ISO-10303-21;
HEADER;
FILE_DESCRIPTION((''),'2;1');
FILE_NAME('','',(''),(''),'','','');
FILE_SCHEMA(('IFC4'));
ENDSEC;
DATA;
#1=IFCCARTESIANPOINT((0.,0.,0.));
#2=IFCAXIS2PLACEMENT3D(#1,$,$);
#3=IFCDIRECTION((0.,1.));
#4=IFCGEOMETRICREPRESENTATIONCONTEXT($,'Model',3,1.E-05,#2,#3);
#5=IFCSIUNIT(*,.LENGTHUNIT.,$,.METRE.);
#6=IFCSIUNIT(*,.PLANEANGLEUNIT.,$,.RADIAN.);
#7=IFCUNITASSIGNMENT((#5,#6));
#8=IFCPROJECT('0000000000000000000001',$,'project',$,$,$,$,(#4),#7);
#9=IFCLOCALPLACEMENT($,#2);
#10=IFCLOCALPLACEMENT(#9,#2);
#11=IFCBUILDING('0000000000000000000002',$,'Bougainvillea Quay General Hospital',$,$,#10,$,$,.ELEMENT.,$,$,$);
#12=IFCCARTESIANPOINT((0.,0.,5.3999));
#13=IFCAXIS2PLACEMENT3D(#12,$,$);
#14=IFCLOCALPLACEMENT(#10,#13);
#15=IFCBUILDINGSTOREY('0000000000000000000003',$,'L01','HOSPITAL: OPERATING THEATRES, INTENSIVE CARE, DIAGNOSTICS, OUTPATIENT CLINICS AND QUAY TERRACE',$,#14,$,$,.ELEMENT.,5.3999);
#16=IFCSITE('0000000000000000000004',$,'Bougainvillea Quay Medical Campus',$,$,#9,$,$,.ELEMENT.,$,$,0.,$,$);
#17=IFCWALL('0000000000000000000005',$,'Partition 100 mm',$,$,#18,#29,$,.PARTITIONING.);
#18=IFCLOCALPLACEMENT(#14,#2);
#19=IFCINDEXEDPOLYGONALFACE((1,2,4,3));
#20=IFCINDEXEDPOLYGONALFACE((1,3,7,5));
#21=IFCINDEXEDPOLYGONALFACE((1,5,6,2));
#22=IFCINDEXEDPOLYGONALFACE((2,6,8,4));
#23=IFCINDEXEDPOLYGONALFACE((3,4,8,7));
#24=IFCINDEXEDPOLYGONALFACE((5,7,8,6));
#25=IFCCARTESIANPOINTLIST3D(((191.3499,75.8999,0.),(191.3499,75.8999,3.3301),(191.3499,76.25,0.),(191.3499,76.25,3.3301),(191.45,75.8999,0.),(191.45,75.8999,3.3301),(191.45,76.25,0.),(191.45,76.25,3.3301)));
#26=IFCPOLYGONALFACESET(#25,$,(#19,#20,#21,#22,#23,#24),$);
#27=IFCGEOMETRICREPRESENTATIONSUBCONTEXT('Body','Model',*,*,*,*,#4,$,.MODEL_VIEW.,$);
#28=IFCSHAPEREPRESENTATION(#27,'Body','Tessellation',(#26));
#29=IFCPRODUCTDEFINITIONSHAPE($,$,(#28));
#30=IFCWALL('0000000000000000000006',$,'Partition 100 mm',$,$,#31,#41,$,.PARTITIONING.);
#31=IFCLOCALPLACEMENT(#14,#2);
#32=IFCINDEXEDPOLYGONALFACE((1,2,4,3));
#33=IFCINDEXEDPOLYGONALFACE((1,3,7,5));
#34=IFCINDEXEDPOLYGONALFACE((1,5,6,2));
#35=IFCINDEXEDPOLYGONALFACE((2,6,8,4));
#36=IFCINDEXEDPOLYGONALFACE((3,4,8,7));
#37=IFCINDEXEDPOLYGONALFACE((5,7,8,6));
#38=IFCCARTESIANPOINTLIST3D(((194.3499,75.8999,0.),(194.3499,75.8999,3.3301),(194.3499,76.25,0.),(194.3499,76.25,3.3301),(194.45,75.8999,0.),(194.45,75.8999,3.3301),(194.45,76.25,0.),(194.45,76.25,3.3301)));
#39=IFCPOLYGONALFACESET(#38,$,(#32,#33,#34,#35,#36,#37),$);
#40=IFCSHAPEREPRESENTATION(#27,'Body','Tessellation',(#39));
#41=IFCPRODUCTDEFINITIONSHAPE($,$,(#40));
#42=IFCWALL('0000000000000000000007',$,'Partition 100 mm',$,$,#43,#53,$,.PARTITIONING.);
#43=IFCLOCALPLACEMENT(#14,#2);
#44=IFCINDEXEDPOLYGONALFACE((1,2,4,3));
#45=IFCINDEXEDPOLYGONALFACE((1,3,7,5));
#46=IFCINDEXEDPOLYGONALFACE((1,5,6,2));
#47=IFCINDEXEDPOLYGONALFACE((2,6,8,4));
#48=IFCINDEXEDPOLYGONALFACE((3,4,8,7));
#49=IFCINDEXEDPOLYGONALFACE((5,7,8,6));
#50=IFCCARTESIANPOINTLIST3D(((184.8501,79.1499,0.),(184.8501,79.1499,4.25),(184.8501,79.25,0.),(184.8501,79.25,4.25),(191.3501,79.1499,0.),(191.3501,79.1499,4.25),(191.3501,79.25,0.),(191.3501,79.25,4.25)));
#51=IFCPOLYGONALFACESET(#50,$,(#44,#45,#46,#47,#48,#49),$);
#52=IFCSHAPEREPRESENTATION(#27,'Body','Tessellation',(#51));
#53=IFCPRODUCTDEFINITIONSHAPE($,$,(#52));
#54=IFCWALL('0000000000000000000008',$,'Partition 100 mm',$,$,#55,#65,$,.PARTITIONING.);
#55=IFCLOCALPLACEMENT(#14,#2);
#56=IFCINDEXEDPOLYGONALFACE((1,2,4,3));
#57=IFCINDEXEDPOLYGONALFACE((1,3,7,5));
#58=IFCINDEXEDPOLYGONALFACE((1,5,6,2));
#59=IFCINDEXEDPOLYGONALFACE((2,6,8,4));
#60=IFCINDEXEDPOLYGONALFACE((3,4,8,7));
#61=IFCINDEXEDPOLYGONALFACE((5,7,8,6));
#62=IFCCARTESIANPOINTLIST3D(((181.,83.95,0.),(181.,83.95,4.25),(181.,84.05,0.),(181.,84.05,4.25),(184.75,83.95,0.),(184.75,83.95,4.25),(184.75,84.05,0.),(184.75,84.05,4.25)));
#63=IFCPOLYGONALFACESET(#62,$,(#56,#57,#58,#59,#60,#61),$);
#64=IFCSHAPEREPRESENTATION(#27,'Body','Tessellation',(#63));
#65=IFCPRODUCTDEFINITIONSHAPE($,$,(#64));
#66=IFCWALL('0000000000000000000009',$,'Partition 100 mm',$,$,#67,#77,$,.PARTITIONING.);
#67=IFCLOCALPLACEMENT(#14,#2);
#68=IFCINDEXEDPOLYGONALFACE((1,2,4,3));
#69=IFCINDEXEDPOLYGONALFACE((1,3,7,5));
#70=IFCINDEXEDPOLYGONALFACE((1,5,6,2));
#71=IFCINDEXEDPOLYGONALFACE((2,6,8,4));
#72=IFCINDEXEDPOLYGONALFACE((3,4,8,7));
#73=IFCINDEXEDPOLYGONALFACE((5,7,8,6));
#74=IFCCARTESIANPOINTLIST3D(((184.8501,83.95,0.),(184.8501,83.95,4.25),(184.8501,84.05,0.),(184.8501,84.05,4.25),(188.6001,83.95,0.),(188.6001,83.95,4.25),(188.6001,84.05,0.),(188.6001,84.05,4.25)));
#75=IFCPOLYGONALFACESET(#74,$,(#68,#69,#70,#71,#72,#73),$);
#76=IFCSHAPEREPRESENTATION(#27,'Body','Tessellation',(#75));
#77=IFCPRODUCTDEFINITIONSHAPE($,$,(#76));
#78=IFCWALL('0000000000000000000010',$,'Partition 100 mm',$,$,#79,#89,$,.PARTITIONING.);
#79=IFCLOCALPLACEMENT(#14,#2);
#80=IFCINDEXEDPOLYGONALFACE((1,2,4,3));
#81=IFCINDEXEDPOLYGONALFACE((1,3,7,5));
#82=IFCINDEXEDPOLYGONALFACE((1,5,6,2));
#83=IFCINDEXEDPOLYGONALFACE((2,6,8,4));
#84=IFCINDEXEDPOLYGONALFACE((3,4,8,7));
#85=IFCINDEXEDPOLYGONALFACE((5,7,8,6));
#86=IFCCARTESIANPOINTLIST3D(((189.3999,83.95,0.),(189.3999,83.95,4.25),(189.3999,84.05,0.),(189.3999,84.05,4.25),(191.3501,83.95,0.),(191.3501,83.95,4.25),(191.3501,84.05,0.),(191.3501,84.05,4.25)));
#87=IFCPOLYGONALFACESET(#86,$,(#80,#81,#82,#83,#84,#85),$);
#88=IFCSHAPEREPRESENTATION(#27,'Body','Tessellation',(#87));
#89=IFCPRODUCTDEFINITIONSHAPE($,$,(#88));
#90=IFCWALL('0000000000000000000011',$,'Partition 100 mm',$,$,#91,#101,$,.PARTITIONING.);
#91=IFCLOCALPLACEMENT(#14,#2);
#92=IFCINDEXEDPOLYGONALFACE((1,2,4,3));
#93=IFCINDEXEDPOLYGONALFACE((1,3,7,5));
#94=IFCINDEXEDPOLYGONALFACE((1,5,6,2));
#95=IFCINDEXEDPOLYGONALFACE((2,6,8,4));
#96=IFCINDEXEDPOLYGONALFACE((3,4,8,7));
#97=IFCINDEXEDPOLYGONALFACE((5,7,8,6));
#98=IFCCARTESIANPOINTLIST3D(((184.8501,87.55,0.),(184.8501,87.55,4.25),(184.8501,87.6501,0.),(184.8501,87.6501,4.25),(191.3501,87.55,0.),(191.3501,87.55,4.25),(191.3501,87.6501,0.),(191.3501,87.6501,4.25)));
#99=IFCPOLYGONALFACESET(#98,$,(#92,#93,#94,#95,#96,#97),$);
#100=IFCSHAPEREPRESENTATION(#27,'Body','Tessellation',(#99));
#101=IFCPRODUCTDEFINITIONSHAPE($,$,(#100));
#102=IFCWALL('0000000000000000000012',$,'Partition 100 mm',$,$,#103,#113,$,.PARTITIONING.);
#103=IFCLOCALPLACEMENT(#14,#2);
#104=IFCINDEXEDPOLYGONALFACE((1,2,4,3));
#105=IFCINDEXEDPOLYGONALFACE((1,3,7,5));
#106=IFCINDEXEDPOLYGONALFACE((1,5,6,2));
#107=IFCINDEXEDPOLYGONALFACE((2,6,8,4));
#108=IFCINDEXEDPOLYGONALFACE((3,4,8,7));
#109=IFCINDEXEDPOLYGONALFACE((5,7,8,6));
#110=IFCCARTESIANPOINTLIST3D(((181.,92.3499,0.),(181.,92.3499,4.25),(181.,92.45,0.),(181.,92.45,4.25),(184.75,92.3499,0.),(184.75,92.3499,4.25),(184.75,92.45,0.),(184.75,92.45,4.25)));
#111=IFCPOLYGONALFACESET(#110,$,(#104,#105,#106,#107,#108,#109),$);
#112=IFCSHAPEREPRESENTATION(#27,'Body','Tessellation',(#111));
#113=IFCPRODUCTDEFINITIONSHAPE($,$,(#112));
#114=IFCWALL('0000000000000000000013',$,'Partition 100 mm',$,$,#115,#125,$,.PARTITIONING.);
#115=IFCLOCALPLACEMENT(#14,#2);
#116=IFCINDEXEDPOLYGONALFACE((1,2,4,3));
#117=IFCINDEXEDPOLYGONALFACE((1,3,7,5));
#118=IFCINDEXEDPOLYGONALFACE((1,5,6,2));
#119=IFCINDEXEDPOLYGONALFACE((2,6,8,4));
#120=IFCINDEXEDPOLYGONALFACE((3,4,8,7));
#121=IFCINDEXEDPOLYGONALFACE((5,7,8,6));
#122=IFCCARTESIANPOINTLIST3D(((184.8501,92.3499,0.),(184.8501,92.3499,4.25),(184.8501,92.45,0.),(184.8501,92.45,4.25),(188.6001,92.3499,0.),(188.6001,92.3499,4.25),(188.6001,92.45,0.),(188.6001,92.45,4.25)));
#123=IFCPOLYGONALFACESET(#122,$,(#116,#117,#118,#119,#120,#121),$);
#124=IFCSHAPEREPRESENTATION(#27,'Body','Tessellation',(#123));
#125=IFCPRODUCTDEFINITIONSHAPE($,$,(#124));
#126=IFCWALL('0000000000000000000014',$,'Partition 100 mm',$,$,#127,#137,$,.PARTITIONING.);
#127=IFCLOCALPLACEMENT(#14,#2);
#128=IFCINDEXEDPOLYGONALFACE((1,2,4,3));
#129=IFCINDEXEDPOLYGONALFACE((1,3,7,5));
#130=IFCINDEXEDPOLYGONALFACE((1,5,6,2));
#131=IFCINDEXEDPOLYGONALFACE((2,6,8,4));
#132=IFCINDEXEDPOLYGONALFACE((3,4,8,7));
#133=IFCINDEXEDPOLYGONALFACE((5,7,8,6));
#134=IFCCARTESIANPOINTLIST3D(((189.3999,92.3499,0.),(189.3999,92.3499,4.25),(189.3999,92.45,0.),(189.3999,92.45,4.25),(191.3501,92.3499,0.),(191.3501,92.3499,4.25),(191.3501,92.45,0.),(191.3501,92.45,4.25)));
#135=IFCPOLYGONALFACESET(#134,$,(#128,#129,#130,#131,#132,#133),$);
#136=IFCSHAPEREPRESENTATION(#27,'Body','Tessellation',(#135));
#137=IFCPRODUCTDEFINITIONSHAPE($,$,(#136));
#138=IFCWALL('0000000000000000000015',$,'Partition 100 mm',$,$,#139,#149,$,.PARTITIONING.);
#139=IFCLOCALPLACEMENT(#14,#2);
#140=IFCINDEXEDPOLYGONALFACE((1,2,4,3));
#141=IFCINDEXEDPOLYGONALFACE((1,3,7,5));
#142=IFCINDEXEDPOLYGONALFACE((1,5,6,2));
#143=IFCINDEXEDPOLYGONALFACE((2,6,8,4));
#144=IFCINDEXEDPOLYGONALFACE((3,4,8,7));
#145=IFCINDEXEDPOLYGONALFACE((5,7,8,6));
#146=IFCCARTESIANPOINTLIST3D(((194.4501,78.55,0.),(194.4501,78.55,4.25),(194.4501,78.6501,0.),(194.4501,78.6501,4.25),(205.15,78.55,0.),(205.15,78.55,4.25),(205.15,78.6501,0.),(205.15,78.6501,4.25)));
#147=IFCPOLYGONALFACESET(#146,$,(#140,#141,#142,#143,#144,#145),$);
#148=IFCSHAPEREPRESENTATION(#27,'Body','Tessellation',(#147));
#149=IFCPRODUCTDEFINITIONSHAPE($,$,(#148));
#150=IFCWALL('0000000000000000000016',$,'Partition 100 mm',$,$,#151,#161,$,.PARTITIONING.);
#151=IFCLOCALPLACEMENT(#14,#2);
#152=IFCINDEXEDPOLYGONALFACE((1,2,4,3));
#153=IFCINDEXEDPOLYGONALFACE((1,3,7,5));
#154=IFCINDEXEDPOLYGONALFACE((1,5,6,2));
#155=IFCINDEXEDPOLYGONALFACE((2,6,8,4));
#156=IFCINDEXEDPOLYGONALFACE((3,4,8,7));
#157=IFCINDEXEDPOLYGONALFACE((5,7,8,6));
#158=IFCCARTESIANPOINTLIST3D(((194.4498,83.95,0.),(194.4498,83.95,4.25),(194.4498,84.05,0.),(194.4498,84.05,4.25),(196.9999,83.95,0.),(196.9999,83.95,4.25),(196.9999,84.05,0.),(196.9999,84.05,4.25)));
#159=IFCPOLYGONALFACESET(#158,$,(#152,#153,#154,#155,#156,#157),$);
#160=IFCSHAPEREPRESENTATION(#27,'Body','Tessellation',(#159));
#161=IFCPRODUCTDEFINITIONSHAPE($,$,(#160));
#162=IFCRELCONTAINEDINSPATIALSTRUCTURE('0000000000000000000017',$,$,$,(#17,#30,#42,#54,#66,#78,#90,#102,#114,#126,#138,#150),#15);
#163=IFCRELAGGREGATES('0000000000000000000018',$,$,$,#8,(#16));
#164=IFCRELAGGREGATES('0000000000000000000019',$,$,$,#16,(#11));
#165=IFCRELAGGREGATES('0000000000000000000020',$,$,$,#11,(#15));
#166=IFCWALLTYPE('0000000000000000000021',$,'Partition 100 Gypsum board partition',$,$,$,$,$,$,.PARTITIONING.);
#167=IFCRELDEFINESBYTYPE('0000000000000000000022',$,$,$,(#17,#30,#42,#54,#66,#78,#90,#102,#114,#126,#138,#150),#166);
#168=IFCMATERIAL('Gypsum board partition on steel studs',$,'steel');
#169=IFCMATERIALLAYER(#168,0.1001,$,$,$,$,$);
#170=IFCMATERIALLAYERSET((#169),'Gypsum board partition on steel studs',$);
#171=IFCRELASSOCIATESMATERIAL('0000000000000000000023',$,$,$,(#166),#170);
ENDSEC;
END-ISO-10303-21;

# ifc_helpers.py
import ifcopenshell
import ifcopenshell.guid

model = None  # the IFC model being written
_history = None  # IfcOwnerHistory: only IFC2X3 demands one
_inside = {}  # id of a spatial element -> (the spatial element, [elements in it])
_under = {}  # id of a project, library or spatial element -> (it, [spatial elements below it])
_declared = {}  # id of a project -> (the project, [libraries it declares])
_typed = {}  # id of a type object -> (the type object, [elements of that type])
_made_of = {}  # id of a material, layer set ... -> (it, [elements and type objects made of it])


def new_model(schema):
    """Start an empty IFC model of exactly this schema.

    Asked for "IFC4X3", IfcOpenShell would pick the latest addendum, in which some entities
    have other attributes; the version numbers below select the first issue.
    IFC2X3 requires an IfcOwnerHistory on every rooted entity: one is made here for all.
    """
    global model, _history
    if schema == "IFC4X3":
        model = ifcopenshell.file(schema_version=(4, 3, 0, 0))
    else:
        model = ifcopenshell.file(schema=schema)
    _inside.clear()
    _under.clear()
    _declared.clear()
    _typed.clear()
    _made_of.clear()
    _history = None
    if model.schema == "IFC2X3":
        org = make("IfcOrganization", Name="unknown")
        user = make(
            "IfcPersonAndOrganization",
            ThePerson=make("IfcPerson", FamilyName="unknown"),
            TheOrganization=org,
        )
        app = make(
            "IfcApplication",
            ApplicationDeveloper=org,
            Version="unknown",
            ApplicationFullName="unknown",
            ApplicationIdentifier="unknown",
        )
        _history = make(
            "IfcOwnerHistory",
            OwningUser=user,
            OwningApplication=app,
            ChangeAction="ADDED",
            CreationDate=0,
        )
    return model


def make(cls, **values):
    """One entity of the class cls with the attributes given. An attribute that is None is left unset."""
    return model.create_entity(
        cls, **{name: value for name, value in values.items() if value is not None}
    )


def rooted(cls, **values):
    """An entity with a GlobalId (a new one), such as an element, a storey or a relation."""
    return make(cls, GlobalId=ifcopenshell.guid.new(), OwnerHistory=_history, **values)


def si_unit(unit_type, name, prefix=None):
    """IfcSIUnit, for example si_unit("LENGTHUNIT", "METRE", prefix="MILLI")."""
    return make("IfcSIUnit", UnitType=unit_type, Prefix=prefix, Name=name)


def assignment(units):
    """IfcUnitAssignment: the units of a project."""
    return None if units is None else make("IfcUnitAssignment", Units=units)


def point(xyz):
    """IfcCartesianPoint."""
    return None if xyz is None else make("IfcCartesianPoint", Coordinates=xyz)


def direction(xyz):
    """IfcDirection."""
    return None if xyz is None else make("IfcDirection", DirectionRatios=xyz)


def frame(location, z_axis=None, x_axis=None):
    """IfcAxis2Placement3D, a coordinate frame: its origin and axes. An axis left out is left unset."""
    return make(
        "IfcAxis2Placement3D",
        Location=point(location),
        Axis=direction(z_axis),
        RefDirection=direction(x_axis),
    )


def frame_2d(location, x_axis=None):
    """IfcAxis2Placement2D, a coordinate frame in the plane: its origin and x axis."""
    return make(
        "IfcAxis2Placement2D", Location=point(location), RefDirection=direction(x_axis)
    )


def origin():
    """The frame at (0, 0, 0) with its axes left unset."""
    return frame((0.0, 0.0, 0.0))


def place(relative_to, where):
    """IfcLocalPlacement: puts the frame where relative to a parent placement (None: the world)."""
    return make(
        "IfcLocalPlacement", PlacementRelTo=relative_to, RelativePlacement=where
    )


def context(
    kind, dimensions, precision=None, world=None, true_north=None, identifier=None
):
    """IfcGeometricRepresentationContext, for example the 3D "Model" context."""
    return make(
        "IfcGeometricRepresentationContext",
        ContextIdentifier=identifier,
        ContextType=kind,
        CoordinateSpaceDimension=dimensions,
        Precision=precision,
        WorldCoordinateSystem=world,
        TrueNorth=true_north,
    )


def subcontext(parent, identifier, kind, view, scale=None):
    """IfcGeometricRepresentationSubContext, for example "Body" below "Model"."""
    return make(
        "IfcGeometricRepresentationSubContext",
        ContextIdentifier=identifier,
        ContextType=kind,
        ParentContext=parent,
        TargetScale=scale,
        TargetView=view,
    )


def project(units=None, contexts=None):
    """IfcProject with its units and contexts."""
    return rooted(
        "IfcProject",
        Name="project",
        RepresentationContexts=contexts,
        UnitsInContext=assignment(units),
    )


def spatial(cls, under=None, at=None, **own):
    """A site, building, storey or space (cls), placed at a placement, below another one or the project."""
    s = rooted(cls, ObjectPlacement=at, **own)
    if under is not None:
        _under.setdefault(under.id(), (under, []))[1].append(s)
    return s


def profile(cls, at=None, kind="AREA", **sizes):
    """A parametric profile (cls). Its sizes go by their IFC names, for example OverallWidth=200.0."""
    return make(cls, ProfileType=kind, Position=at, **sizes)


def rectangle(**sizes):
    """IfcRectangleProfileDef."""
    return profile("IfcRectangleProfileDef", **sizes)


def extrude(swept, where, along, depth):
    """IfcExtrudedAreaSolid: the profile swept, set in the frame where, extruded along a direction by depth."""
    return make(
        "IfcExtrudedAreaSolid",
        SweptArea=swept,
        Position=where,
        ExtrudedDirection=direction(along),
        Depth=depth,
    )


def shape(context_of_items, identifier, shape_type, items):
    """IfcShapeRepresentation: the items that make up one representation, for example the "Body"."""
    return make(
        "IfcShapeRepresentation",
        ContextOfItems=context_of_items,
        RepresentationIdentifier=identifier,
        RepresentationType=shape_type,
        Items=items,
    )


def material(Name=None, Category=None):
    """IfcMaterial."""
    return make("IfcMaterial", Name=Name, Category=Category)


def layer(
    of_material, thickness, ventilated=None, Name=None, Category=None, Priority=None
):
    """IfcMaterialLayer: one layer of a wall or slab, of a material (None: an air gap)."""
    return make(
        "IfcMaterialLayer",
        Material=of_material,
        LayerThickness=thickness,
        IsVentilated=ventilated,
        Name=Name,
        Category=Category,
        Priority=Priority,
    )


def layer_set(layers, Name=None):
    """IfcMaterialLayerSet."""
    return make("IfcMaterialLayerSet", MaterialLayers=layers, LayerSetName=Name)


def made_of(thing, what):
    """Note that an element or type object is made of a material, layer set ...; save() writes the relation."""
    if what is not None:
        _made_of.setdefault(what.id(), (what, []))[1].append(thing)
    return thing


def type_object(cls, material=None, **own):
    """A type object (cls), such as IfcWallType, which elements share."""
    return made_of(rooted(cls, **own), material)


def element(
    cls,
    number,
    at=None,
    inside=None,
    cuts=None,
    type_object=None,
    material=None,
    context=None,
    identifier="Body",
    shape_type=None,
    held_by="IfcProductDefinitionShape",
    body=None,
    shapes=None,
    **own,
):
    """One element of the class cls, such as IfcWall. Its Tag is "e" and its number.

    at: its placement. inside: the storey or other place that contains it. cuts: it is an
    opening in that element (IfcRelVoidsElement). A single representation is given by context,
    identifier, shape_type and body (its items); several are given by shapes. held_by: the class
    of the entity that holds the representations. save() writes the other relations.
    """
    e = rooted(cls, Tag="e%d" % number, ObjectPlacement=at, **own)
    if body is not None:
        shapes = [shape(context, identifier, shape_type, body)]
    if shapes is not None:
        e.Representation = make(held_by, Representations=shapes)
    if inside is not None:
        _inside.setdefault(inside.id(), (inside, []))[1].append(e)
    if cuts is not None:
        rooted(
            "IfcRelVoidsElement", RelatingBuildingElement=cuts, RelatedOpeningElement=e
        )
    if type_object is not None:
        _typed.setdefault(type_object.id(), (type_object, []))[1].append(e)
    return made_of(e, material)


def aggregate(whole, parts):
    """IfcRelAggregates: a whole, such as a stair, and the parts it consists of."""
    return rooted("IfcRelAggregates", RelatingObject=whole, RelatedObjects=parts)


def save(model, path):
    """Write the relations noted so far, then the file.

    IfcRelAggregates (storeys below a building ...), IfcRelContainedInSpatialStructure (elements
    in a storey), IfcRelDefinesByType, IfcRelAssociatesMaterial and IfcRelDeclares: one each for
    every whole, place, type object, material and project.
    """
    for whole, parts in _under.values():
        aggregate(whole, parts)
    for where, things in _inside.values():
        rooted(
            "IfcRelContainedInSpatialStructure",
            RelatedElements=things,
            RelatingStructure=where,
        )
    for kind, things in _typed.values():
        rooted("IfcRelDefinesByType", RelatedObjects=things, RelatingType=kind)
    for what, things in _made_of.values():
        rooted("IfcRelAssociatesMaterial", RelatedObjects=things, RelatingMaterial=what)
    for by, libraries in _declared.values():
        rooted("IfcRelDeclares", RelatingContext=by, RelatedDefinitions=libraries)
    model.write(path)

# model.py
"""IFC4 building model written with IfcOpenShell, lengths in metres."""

from ifc_helpers import new_model, si_unit, direction, frame, frame_2d, origin, place, context, subcontext, project, spatial, rectangle, extrude, material, layer, layer_set, type_object, element, save


model = new_model("IFC4")

# Units and contexts
model_context = context("Model", 3, precision=1e-05, world=origin(), true_north=direction((0.0, 1.0)))
body_context = subcontext(model_context, "Body", "Model", "MODEL_VIEW")
ifc_project = project(units=[si_unit("LENGTHUNIT", "METRE"), si_unit("PLANEANGLEUNIT", "RADIAN")], contexts=[model_context])

# Site, building, storey
site_placement = place(None, origin())
site = spatial("IfcSite", under=ifc_project, at=site_placement, Name="Bougainvillea Quay Medical Campus", CompositionType="ELEMENT", RefElevation=0.0)
building_placement = place(site_placement, origin())
building = spatial("IfcBuilding", under=site, at=building_placement, Name="Bougainvillea Quay General Hospital", CompositionType="ELEMENT")
storey_placement = place(building_placement, frame((0.0, 0.0, 5.3999)))
storey = spatial("IfcBuildingStorey", under=building, at=storey_placement, Name="L01", Description="HOSPITAL: OPERATING THEATRES, INTENSIVE CARE, DIAGNOSTICS, OUTPATIENT CLINICS AND QUAY TERRACE", CompositionType="ELEMENT", Elevation=5.3999)

# Walls
ifc_material_1 = material(Name="Gypsum board partition on steel studs", Category="steel")
ifc_layer_1 = layer(ifc_material_1, 0.1001)
ifc_layer_set_1 = layer_set([ifc_layer_1], Name="Gypsum board partition on steel studs")
wall_type_1 = type_object("IfcWallType", Name="Partition 100 Gypsum board partition", PredefinedType="PARTITIONING", material=ifc_layer_set_1)
for number, where, z_axis, x_axis, name in (
    (1, (191.3999, 76.25, 0.0), (0.0, 0.0, 1.0), (0.0, -1.0, 0.0), "Partition 100 mm"),
    (2, (194.3999, 76.25, 0.0), (0.0, 0.0, 1.0), (0.0, -1.0, 0.0), "Partition 100 mm"),
):
    element("IfcWall", number, at=place(storey_placement, frame(where, z_axis=z_axis, x_axis=x_axis)), inside=storey, type_object=wall_type_1, Name=name, PredefinedType="PARTITIONING", context=body_context, shape_type="SweptSolid", body=[
        extrude(rectangle(XDim=0.3501, YDim=0.1001, at=frame_2d((0.175, 0.0))), origin(), (0.0, 0.0, 1.0), 3.3301),
    ])
wall_1_placement = place(storey_placement, frame((184.8501, 79.2, 0.0), z_axis=(0.0, 0.0, 1.0), x_axis=(1.0, 0.0, 0.0)))
element("IfcWall", 3, at=wall_1_placement, inside=storey, type_object=wall_type_1, Name="Partition 100 mm", PredefinedType="PARTITIONING", context=body_context, shape_type="SweptSolid", body=[
    extrude(rectangle(XDim=6.5, YDim=0.1001, at=frame_2d((3.25, 0.0))), origin(), (0.0, 0.0, 1.0), 4.25),
])
for number, where, z_axis, x_axis, name in (
    (4, (181.0, 84.0, 0.0), (0.0, 0.0, 1.0), (1.0, 0.0, 0.0), "Partition 100 mm"),
    (5, (184.8501, 84.0, 0.0), (0.0, 0.0, 1.0), (1.0, 0.0, 0.0), "Partition 100 mm"),
):
    element("IfcWall", number, at=place(storey_placement, frame(where, z_axis=z_axis, x_axis=x_axis)), inside=storey, type_object=wall_type_1, Name=name, PredefinedType="PARTITIONING", context=body_context, shape_type="SweptSolid", body=[
        extrude(rectangle(XDim=3.75, YDim=0.1001, at=frame_2d((1.875, 0.0))), origin(), (0.0, 0.0, 1.0), 4.25),
    ])
wall_2_placement = place(storey_placement, frame((189.3999, 84.0, 0.0), z_axis=(0.0, 0.0, 1.0), x_axis=(1.0, 0.0, 0.0)))
element("IfcWall", 6, at=wall_2_placement, inside=storey, type_object=wall_type_1, Name="Partition 100 mm", PredefinedType="PARTITIONING", context=body_context, shape_type="SweptSolid", body=[
    extrude(rectangle(XDim=1.9502, YDim=0.1001, at=frame_2d((0.9751, 0.0))), origin(), (0.0, 0.0, 1.0), 4.25),
])
wall_3_placement = place(storey_placement, frame((184.8501, 87.6001, 0.0), z_axis=(0.0, 0.0, 1.0), x_axis=(1.0, 0.0, 0.0)))
element("IfcWall", 7, at=wall_3_placement, inside=storey, type_object=wall_type_1, Name="Partition 100 mm", PredefinedType="PARTITIONING", context=body_context, shape_type="SweptSolid", body=[
    extrude(rectangle(XDim=6.5, YDim=0.1001, at=frame_2d((3.25, 0.0))), origin(), (0.0, 0.0, 1.0), 4.25),
])
for number, where, z_axis, x_axis, name in (
    (8, (181.0, 92.3999, 0.0), (0.0, 0.0, 1.0), (1.0, 0.0, 0.0), "Partition 100 mm"),
    (9, (184.8501, 92.3999, 0.0), (0.0, 0.0, 1.0), (1.0, 0.0, 0.0), "Partition 100 mm"),
):
    element("IfcWall", number, at=place(storey_placement, frame(where, z_axis=z_axis, x_axis=x_axis)), inside=storey, type_object=wall_type_1, Name=name, PredefinedType="PARTITIONING", context=body_context, shape_type="SweptSolid", body=[
        extrude(rectangle(XDim=3.75, YDim=0.1001, at=frame_2d((1.875, 0.0))), origin(), (0.0, 0.0, 1.0), 4.25),
    ])
wall_4_placement = place(storey_placement, frame((189.3999, 92.3999, 0.0), z_axis=(0.0, 0.0, 1.0), x_axis=(1.0, 0.0, 0.0)))
element("IfcWall", 10, at=wall_4_placement, inside=storey, type_object=wall_type_1, Name="Partition 100 mm", PredefinedType="PARTITIONING", context=body_context, shape_type="SweptSolid", body=[
    extrude(rectangle(XDim=1.9502, YDim=0.1001, at=frame_2d((0.9751, 0.0))), origin(), (0.0, 0.0, 1.0), 4.25),
])
wall_5_placement = place(storey_placement, frame((194.45, 78.6001, 0.0), z_axis=(0.0, 0.0, 1.0), x_axis=(1.0, 0.0, 0.0)))
element("IfcWall", 11, at=wall_5_placement, inside=storey, type_object=wall_type_1, Name="Partition 100 mm", PredefinedType="PARTITIONING", context=body_context, shape_type="SweptSolid", body=[
    extrude(rectangle(XDim=10.7, YDim=0.1001, at=frame_2d((5.3501, 0.0))), origin(), (0.0, 0.0, 1.0), 4.25),
])
wall_6_placement = place(storey_placement, frame((194.45, 84.0, 0.0), z_axis=(0.0, 0.0, 1.0), x_axis=(1.0, 0.0, 0.0)))
element("IfcWall", 12, at=wall_6_placement, inside=storey, type_object=wall_type_1, Name="Partition 100 mm", PredefinedType="PARTITIONING", context=body_context, shape_type="SweptSolid", body=[
    extrude(rectangle(XDim=2.55, YDim=0.1001, at=frame_2d((1.2749, 0.0))), origin(), (0.0, 0.0, 1.0), 4.25),
])

save(model, "model.ifc")
